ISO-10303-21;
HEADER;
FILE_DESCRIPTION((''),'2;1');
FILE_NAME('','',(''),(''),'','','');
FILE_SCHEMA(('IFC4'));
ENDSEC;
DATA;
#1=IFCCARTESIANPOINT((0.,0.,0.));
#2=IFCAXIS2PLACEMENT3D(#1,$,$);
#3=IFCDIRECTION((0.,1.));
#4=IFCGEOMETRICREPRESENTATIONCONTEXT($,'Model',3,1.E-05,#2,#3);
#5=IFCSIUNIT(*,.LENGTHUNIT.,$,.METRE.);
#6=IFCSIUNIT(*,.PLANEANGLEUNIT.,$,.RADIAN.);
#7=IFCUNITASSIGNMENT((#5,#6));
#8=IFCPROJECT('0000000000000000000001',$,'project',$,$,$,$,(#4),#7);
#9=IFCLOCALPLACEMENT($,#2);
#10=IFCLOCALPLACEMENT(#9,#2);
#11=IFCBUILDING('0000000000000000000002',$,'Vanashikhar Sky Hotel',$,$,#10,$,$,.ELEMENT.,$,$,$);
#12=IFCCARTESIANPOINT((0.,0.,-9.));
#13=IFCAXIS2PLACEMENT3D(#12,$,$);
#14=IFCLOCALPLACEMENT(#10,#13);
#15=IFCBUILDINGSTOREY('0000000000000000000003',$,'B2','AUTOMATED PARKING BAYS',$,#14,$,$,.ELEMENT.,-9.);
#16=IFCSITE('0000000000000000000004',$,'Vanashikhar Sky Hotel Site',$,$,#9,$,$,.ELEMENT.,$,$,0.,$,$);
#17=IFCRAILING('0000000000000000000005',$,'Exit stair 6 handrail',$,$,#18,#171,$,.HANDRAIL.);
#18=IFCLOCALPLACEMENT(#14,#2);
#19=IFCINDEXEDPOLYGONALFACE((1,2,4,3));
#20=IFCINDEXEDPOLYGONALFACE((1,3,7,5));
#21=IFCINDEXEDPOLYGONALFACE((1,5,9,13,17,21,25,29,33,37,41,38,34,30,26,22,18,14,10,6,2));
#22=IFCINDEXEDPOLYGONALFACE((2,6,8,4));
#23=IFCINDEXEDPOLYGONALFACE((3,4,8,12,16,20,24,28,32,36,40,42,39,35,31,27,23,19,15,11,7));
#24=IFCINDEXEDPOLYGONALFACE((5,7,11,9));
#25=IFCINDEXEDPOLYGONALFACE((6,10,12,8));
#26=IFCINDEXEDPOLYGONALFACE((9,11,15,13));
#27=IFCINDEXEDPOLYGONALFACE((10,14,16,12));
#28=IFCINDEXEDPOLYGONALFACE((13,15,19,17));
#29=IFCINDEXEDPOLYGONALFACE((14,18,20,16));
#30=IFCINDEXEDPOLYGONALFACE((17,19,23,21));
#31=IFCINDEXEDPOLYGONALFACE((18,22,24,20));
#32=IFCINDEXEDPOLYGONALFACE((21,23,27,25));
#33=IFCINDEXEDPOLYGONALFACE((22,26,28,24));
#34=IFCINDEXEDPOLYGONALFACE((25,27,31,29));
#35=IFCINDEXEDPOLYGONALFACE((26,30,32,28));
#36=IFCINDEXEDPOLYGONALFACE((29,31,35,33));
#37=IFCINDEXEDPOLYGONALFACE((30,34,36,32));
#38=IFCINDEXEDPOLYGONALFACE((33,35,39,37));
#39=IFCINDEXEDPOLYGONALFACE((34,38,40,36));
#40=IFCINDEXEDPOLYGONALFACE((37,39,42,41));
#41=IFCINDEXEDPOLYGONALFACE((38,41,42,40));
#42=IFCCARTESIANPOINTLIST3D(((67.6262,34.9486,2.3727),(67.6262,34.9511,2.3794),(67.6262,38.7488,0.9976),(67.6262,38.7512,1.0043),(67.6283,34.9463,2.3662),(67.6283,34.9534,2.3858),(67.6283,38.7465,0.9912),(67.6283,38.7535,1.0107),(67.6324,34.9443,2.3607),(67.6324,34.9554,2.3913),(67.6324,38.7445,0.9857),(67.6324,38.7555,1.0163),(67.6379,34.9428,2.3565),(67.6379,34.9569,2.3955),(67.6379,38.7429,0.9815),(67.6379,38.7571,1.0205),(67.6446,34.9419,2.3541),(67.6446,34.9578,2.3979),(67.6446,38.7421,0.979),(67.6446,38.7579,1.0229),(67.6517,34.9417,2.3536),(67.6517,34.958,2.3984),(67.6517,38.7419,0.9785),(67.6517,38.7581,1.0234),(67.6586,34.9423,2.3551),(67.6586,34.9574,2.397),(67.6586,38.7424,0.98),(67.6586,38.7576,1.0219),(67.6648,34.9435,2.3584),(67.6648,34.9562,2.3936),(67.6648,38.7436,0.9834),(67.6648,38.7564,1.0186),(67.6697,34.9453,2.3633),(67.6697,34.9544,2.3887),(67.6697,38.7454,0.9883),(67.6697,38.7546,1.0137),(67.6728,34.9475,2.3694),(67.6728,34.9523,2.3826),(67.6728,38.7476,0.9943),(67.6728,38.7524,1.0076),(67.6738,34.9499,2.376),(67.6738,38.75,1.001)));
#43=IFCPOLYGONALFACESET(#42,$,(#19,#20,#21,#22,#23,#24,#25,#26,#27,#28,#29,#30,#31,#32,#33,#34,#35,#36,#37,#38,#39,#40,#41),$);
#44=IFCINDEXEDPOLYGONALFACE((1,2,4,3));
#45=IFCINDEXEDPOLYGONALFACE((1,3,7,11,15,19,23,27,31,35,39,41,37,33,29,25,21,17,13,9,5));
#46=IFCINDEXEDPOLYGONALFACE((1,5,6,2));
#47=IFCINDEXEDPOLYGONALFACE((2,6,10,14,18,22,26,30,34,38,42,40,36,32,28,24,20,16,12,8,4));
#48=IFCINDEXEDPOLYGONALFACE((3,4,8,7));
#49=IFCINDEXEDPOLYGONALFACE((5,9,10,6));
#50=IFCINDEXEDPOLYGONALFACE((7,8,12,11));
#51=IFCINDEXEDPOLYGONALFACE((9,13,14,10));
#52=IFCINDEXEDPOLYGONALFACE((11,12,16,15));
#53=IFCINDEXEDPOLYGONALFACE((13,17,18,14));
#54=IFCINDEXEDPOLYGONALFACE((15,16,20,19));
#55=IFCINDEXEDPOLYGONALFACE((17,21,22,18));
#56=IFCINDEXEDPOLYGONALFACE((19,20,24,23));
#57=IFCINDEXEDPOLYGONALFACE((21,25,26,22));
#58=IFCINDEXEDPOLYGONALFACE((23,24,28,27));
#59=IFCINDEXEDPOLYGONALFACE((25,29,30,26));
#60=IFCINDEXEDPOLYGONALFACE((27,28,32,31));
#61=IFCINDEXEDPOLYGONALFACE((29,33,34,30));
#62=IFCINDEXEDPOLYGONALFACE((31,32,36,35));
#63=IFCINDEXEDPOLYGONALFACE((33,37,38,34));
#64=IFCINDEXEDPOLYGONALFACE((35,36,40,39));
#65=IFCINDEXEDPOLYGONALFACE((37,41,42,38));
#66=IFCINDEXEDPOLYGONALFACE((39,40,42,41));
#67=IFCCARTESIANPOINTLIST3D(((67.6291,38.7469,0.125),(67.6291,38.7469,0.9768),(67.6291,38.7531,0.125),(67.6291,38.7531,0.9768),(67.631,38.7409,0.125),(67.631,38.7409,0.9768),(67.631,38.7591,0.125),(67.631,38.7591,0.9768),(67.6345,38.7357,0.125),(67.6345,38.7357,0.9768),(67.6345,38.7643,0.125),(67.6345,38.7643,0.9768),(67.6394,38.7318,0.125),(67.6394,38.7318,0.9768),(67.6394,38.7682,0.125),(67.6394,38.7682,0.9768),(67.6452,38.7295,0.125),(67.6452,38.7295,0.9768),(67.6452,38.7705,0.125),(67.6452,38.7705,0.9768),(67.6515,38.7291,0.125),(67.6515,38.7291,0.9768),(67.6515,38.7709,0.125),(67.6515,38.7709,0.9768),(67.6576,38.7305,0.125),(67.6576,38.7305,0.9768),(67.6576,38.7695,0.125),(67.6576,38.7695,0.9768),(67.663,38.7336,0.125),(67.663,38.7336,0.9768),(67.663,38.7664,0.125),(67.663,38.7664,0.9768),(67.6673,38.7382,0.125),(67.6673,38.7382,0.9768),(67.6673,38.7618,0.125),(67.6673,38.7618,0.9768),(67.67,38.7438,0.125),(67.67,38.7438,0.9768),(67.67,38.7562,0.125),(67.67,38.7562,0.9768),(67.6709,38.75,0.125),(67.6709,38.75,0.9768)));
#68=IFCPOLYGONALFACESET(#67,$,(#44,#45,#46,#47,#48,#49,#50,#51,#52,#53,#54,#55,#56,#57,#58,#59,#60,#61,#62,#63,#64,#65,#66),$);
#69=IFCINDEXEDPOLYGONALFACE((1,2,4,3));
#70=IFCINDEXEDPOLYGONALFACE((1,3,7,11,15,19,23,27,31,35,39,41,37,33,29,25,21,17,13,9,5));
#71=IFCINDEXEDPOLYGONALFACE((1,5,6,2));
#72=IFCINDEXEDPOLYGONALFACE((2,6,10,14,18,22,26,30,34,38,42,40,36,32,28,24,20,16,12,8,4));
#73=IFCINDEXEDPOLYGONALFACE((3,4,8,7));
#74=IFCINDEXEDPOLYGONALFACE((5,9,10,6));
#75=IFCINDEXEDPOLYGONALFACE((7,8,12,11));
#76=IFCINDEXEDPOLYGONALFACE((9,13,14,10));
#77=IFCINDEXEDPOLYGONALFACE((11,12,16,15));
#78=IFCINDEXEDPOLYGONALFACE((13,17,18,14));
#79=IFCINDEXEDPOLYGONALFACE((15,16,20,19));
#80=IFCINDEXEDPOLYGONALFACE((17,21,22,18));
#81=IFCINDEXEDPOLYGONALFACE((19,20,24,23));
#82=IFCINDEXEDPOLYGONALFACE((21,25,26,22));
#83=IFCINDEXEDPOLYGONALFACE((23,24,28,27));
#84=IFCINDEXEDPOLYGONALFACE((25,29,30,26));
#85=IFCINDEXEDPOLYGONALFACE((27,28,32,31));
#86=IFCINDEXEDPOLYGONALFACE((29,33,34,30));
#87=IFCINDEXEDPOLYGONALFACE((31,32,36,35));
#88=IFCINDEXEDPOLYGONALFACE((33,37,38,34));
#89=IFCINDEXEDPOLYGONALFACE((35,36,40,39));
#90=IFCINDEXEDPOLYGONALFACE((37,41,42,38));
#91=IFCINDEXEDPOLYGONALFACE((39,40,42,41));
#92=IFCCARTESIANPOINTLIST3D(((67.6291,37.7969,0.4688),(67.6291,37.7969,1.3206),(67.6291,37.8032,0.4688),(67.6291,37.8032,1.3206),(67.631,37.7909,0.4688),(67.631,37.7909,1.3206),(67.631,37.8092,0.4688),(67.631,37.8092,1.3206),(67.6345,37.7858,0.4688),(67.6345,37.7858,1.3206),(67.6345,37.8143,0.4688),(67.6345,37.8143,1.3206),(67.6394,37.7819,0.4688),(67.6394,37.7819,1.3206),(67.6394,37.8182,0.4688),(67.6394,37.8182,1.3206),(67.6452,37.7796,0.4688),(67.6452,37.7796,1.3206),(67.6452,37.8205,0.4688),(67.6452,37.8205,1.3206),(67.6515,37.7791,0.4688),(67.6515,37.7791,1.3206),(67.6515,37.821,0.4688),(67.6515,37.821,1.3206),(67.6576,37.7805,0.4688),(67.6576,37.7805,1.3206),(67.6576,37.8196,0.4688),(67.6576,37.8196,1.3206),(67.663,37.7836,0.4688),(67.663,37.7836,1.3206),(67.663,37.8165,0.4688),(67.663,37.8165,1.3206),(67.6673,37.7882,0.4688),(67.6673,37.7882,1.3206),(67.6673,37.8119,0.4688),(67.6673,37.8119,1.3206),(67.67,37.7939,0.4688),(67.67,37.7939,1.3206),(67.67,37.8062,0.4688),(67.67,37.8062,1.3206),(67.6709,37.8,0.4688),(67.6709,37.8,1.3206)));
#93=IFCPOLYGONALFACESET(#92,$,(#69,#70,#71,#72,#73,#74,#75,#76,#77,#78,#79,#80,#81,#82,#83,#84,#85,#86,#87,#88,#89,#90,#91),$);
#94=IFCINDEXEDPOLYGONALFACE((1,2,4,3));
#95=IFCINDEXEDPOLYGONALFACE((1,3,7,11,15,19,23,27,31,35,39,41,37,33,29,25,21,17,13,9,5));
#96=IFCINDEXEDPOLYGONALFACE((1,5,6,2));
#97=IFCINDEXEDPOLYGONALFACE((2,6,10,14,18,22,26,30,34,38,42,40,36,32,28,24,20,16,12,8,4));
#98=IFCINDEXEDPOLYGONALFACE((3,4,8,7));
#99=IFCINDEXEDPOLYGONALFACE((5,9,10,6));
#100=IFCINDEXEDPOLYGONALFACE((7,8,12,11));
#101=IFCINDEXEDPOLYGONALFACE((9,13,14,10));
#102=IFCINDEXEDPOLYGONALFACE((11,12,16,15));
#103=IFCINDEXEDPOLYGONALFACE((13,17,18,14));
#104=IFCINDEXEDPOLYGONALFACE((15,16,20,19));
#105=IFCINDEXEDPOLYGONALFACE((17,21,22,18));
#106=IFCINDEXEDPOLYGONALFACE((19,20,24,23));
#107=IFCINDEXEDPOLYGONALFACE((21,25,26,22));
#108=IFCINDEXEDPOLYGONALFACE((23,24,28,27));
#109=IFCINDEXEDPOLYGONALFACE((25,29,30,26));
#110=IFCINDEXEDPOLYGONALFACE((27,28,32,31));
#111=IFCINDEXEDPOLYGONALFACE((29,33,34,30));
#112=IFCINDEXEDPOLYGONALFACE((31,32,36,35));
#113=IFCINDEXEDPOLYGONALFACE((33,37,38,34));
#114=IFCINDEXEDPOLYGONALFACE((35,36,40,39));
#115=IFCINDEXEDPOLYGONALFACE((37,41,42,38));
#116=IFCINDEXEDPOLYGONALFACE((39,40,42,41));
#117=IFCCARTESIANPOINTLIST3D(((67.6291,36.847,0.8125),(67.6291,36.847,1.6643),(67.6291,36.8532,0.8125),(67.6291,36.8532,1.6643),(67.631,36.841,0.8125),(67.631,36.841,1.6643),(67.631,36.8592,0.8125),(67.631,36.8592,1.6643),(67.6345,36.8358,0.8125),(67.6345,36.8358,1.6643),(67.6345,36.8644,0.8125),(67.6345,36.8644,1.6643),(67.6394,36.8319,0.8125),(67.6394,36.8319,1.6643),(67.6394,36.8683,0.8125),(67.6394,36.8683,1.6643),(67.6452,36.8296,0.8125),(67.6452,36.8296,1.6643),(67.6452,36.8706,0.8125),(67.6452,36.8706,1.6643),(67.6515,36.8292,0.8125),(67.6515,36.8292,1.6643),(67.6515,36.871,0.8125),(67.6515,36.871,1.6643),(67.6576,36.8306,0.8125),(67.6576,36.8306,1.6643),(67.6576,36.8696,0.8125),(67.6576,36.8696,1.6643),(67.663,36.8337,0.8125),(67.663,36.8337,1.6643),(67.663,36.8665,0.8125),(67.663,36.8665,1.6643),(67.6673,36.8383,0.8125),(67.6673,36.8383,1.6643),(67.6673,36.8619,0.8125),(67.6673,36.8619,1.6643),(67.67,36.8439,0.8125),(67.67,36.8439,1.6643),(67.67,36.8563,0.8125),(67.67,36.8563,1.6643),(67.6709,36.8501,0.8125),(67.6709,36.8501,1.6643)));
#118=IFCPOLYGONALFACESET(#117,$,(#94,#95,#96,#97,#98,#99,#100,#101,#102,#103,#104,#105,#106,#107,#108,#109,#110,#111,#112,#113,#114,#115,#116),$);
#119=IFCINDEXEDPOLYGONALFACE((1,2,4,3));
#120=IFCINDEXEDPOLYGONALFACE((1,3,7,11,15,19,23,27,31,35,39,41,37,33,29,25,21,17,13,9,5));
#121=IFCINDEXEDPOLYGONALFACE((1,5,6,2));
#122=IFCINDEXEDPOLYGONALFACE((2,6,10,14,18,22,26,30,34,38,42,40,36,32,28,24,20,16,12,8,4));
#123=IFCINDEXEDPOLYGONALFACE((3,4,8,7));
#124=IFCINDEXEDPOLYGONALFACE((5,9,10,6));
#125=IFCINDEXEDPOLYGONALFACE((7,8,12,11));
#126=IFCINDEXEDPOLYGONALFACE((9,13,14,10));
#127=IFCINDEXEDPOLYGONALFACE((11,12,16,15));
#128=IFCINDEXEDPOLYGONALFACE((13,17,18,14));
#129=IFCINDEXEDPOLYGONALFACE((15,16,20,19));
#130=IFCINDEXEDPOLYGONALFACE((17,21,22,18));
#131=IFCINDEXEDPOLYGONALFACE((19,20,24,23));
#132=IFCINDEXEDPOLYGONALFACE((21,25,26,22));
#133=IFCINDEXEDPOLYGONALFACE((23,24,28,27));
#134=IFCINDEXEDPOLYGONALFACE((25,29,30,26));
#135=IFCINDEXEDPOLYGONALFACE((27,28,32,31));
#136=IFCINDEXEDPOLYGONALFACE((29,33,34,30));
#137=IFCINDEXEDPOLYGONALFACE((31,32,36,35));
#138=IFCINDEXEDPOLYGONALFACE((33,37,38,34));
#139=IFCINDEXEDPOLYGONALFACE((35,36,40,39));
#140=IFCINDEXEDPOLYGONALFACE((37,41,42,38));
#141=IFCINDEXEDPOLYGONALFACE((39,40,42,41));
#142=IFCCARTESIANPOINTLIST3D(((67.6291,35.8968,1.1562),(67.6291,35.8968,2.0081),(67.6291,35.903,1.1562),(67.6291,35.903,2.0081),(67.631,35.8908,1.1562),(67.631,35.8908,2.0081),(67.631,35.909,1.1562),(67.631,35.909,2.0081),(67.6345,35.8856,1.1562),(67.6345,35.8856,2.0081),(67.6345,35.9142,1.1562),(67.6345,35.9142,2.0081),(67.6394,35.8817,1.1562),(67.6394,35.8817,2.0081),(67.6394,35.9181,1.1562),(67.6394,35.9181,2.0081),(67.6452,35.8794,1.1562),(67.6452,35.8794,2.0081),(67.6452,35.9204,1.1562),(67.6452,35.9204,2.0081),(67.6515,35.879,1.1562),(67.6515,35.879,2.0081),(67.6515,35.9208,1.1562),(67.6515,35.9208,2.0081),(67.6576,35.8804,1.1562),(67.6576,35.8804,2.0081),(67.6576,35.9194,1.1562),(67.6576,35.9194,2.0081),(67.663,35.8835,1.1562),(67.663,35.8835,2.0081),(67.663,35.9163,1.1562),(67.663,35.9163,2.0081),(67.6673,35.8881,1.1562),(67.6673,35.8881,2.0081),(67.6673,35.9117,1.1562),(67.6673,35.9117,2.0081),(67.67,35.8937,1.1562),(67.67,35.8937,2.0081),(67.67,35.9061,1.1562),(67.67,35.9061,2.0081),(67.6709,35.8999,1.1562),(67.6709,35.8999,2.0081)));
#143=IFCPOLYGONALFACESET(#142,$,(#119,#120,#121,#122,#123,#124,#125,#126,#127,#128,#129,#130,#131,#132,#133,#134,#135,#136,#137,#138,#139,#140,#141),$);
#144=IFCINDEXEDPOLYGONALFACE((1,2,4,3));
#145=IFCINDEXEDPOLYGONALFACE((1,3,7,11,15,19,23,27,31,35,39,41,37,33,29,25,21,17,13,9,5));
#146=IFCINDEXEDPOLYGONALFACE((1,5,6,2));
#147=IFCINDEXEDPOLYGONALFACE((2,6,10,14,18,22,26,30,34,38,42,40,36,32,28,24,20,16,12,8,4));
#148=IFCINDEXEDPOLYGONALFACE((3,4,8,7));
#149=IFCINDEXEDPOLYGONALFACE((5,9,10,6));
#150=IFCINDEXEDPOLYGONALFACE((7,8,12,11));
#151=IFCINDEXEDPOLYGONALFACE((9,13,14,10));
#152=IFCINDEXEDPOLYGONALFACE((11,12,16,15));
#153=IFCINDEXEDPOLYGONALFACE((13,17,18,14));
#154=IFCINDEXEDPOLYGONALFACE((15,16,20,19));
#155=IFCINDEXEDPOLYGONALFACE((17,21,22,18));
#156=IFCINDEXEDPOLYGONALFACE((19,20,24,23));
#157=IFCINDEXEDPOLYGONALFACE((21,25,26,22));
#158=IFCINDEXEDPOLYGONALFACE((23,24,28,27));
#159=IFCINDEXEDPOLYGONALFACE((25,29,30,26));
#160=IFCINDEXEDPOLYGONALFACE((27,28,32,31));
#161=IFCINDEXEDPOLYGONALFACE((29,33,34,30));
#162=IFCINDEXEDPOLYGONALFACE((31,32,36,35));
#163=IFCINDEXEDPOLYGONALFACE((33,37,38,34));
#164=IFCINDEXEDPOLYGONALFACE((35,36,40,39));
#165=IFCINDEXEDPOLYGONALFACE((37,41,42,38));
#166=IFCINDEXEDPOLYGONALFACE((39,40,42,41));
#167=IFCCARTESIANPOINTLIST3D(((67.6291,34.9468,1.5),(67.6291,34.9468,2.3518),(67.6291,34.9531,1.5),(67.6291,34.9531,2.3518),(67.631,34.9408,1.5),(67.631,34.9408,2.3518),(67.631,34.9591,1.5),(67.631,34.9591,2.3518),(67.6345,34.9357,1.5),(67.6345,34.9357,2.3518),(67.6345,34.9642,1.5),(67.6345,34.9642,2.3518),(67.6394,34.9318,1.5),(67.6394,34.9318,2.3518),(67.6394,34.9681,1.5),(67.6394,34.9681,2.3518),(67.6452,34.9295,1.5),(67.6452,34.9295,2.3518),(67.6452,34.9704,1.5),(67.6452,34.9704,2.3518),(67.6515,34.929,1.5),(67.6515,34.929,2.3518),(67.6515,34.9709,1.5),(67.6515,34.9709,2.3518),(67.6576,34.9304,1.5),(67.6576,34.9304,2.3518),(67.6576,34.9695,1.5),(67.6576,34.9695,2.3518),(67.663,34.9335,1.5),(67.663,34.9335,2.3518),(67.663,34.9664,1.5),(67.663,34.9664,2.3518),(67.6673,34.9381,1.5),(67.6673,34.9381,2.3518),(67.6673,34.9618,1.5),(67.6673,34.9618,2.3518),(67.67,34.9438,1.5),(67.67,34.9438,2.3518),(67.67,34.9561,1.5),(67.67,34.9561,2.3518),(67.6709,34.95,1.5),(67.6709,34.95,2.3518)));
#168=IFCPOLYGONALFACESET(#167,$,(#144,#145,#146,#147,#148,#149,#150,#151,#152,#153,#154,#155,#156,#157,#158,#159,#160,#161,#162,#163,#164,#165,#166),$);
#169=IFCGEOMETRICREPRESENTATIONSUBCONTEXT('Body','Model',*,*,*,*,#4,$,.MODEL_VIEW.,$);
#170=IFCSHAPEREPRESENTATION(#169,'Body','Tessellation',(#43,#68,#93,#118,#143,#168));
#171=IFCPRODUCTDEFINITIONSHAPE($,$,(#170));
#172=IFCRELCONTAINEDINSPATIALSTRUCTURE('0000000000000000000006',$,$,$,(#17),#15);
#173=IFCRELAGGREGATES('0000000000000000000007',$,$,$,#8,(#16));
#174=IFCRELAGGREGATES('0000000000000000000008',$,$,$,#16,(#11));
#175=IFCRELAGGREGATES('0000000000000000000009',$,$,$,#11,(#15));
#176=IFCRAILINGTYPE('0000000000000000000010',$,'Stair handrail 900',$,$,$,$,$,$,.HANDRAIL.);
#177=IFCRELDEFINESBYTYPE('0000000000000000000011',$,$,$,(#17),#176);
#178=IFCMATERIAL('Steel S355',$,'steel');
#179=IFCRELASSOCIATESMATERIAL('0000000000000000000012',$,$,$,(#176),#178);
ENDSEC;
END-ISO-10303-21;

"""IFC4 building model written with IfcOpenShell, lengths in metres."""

from ifc_helpers import new_model, si_unit, direction, frame, origin, origin_2d, place, context, subcontext, project, spatial, circle, extrude, source, transform, mapped, material, type_object, element, save


model = new_model("IFC4")

# Units and contexts
model_context = context("Model", 3, precision=1e-05, world=origin(), true_north=direction((0.0, 1.0)))
body_context = subcontext(model_context, "Body", "Model", "MODEL_VIEW")
ifc_project = project(units=[si_unit("LENGTHUNIT", "METRE"), si_unit("PLANEANGLEUNIT", "RADIAN")], contexts=[model_context])

# Site, building, storey
site_placement = place(None, origin())
site = spatial("IfcSite", under=ifc_project, at=site_placement, Name="Vanashikhar Sky Hotel Site", CompositionType="ELEMENT", RefElevation=0.0)
building_placement = place(site_placement, origin())
building = spatial("IfcBuilding", under=site, at=building_placement, Name="Vanashikhar Sky Hotel", CompositionType="ELEMENT")
storey_placement = place(building_placement, frame((0.0, 0.0, -9.0)))
storey = spatial("IfcBuildingStorey", under=building, at=storey_placement, Name="B2", Description="AUTOMATED PARKING BAYS", CompositionType="ELEMENT", Elevation=-9.0)

# Railing
ifc_material_1 = material(Name="Steel S355", Category="steel")
railing_type_1 = type_object("IfcRailingType", Name="Stair handrail 900", PredefinedType="HANDRAIL", material=ifc_material_1)
shared_shape_1 = source(origin(), body_context, "Body", "SweptSolid", [
    extrude(circle(Radius=0.0239, at=origin_2d()), frame((0.0, 0.0, 0.876), z_axis=(0.0, -0.940336, 0.340249), x_axis=(1.0, 0.0, 0.0)), (0.0, 0.0, 1.0), 4.0413),
    extrude(circle(Radius=0.021, at=origin_2d()), origin(), (0.0, 0.0, 1.0), 0.8518),
    extrude(circle(Radius=0.021, at=origin_2d()), frame((0.0, -0.95, 0.3438)), (0.0, 0.0, 1.0), 0.8518),
    extrude(circle(Radius=0.021, at=origin_2d()), frame((0.0, -1.8999, 0.6875)), (0.0, 0.0, 1.0), 0.8518),
    extrude(circle(Radius=0.021, at=origin_2d()), frame((0.0, -2.8501, 1.0312)), (0.0, 0.0, 1.0), 0.8518),
    extrude(circle(Radius=0.021, at=origin_2d()), frame((0.0, -3.8, 1.375)), (0.0, 0.0, 1.0), 0.8518),
])
for number, where, name in (
    (1, (67.6499, 38.75, 0.125), "Exit stair 6 handrail"),
):
    element("IfcRailing", number, at=place(storey_placement, frame(where)), inside=storey, type_object=railing_type_1, Name=name, PredefinedType="HANDRAIL", context=body_context, shape_type="MappedRepresentation", body=[
        mapped(shared_shape_1, transform((0.0, 0.0, 0.0), scale=1.0)),
    ])

save(model, "model.ifc")
